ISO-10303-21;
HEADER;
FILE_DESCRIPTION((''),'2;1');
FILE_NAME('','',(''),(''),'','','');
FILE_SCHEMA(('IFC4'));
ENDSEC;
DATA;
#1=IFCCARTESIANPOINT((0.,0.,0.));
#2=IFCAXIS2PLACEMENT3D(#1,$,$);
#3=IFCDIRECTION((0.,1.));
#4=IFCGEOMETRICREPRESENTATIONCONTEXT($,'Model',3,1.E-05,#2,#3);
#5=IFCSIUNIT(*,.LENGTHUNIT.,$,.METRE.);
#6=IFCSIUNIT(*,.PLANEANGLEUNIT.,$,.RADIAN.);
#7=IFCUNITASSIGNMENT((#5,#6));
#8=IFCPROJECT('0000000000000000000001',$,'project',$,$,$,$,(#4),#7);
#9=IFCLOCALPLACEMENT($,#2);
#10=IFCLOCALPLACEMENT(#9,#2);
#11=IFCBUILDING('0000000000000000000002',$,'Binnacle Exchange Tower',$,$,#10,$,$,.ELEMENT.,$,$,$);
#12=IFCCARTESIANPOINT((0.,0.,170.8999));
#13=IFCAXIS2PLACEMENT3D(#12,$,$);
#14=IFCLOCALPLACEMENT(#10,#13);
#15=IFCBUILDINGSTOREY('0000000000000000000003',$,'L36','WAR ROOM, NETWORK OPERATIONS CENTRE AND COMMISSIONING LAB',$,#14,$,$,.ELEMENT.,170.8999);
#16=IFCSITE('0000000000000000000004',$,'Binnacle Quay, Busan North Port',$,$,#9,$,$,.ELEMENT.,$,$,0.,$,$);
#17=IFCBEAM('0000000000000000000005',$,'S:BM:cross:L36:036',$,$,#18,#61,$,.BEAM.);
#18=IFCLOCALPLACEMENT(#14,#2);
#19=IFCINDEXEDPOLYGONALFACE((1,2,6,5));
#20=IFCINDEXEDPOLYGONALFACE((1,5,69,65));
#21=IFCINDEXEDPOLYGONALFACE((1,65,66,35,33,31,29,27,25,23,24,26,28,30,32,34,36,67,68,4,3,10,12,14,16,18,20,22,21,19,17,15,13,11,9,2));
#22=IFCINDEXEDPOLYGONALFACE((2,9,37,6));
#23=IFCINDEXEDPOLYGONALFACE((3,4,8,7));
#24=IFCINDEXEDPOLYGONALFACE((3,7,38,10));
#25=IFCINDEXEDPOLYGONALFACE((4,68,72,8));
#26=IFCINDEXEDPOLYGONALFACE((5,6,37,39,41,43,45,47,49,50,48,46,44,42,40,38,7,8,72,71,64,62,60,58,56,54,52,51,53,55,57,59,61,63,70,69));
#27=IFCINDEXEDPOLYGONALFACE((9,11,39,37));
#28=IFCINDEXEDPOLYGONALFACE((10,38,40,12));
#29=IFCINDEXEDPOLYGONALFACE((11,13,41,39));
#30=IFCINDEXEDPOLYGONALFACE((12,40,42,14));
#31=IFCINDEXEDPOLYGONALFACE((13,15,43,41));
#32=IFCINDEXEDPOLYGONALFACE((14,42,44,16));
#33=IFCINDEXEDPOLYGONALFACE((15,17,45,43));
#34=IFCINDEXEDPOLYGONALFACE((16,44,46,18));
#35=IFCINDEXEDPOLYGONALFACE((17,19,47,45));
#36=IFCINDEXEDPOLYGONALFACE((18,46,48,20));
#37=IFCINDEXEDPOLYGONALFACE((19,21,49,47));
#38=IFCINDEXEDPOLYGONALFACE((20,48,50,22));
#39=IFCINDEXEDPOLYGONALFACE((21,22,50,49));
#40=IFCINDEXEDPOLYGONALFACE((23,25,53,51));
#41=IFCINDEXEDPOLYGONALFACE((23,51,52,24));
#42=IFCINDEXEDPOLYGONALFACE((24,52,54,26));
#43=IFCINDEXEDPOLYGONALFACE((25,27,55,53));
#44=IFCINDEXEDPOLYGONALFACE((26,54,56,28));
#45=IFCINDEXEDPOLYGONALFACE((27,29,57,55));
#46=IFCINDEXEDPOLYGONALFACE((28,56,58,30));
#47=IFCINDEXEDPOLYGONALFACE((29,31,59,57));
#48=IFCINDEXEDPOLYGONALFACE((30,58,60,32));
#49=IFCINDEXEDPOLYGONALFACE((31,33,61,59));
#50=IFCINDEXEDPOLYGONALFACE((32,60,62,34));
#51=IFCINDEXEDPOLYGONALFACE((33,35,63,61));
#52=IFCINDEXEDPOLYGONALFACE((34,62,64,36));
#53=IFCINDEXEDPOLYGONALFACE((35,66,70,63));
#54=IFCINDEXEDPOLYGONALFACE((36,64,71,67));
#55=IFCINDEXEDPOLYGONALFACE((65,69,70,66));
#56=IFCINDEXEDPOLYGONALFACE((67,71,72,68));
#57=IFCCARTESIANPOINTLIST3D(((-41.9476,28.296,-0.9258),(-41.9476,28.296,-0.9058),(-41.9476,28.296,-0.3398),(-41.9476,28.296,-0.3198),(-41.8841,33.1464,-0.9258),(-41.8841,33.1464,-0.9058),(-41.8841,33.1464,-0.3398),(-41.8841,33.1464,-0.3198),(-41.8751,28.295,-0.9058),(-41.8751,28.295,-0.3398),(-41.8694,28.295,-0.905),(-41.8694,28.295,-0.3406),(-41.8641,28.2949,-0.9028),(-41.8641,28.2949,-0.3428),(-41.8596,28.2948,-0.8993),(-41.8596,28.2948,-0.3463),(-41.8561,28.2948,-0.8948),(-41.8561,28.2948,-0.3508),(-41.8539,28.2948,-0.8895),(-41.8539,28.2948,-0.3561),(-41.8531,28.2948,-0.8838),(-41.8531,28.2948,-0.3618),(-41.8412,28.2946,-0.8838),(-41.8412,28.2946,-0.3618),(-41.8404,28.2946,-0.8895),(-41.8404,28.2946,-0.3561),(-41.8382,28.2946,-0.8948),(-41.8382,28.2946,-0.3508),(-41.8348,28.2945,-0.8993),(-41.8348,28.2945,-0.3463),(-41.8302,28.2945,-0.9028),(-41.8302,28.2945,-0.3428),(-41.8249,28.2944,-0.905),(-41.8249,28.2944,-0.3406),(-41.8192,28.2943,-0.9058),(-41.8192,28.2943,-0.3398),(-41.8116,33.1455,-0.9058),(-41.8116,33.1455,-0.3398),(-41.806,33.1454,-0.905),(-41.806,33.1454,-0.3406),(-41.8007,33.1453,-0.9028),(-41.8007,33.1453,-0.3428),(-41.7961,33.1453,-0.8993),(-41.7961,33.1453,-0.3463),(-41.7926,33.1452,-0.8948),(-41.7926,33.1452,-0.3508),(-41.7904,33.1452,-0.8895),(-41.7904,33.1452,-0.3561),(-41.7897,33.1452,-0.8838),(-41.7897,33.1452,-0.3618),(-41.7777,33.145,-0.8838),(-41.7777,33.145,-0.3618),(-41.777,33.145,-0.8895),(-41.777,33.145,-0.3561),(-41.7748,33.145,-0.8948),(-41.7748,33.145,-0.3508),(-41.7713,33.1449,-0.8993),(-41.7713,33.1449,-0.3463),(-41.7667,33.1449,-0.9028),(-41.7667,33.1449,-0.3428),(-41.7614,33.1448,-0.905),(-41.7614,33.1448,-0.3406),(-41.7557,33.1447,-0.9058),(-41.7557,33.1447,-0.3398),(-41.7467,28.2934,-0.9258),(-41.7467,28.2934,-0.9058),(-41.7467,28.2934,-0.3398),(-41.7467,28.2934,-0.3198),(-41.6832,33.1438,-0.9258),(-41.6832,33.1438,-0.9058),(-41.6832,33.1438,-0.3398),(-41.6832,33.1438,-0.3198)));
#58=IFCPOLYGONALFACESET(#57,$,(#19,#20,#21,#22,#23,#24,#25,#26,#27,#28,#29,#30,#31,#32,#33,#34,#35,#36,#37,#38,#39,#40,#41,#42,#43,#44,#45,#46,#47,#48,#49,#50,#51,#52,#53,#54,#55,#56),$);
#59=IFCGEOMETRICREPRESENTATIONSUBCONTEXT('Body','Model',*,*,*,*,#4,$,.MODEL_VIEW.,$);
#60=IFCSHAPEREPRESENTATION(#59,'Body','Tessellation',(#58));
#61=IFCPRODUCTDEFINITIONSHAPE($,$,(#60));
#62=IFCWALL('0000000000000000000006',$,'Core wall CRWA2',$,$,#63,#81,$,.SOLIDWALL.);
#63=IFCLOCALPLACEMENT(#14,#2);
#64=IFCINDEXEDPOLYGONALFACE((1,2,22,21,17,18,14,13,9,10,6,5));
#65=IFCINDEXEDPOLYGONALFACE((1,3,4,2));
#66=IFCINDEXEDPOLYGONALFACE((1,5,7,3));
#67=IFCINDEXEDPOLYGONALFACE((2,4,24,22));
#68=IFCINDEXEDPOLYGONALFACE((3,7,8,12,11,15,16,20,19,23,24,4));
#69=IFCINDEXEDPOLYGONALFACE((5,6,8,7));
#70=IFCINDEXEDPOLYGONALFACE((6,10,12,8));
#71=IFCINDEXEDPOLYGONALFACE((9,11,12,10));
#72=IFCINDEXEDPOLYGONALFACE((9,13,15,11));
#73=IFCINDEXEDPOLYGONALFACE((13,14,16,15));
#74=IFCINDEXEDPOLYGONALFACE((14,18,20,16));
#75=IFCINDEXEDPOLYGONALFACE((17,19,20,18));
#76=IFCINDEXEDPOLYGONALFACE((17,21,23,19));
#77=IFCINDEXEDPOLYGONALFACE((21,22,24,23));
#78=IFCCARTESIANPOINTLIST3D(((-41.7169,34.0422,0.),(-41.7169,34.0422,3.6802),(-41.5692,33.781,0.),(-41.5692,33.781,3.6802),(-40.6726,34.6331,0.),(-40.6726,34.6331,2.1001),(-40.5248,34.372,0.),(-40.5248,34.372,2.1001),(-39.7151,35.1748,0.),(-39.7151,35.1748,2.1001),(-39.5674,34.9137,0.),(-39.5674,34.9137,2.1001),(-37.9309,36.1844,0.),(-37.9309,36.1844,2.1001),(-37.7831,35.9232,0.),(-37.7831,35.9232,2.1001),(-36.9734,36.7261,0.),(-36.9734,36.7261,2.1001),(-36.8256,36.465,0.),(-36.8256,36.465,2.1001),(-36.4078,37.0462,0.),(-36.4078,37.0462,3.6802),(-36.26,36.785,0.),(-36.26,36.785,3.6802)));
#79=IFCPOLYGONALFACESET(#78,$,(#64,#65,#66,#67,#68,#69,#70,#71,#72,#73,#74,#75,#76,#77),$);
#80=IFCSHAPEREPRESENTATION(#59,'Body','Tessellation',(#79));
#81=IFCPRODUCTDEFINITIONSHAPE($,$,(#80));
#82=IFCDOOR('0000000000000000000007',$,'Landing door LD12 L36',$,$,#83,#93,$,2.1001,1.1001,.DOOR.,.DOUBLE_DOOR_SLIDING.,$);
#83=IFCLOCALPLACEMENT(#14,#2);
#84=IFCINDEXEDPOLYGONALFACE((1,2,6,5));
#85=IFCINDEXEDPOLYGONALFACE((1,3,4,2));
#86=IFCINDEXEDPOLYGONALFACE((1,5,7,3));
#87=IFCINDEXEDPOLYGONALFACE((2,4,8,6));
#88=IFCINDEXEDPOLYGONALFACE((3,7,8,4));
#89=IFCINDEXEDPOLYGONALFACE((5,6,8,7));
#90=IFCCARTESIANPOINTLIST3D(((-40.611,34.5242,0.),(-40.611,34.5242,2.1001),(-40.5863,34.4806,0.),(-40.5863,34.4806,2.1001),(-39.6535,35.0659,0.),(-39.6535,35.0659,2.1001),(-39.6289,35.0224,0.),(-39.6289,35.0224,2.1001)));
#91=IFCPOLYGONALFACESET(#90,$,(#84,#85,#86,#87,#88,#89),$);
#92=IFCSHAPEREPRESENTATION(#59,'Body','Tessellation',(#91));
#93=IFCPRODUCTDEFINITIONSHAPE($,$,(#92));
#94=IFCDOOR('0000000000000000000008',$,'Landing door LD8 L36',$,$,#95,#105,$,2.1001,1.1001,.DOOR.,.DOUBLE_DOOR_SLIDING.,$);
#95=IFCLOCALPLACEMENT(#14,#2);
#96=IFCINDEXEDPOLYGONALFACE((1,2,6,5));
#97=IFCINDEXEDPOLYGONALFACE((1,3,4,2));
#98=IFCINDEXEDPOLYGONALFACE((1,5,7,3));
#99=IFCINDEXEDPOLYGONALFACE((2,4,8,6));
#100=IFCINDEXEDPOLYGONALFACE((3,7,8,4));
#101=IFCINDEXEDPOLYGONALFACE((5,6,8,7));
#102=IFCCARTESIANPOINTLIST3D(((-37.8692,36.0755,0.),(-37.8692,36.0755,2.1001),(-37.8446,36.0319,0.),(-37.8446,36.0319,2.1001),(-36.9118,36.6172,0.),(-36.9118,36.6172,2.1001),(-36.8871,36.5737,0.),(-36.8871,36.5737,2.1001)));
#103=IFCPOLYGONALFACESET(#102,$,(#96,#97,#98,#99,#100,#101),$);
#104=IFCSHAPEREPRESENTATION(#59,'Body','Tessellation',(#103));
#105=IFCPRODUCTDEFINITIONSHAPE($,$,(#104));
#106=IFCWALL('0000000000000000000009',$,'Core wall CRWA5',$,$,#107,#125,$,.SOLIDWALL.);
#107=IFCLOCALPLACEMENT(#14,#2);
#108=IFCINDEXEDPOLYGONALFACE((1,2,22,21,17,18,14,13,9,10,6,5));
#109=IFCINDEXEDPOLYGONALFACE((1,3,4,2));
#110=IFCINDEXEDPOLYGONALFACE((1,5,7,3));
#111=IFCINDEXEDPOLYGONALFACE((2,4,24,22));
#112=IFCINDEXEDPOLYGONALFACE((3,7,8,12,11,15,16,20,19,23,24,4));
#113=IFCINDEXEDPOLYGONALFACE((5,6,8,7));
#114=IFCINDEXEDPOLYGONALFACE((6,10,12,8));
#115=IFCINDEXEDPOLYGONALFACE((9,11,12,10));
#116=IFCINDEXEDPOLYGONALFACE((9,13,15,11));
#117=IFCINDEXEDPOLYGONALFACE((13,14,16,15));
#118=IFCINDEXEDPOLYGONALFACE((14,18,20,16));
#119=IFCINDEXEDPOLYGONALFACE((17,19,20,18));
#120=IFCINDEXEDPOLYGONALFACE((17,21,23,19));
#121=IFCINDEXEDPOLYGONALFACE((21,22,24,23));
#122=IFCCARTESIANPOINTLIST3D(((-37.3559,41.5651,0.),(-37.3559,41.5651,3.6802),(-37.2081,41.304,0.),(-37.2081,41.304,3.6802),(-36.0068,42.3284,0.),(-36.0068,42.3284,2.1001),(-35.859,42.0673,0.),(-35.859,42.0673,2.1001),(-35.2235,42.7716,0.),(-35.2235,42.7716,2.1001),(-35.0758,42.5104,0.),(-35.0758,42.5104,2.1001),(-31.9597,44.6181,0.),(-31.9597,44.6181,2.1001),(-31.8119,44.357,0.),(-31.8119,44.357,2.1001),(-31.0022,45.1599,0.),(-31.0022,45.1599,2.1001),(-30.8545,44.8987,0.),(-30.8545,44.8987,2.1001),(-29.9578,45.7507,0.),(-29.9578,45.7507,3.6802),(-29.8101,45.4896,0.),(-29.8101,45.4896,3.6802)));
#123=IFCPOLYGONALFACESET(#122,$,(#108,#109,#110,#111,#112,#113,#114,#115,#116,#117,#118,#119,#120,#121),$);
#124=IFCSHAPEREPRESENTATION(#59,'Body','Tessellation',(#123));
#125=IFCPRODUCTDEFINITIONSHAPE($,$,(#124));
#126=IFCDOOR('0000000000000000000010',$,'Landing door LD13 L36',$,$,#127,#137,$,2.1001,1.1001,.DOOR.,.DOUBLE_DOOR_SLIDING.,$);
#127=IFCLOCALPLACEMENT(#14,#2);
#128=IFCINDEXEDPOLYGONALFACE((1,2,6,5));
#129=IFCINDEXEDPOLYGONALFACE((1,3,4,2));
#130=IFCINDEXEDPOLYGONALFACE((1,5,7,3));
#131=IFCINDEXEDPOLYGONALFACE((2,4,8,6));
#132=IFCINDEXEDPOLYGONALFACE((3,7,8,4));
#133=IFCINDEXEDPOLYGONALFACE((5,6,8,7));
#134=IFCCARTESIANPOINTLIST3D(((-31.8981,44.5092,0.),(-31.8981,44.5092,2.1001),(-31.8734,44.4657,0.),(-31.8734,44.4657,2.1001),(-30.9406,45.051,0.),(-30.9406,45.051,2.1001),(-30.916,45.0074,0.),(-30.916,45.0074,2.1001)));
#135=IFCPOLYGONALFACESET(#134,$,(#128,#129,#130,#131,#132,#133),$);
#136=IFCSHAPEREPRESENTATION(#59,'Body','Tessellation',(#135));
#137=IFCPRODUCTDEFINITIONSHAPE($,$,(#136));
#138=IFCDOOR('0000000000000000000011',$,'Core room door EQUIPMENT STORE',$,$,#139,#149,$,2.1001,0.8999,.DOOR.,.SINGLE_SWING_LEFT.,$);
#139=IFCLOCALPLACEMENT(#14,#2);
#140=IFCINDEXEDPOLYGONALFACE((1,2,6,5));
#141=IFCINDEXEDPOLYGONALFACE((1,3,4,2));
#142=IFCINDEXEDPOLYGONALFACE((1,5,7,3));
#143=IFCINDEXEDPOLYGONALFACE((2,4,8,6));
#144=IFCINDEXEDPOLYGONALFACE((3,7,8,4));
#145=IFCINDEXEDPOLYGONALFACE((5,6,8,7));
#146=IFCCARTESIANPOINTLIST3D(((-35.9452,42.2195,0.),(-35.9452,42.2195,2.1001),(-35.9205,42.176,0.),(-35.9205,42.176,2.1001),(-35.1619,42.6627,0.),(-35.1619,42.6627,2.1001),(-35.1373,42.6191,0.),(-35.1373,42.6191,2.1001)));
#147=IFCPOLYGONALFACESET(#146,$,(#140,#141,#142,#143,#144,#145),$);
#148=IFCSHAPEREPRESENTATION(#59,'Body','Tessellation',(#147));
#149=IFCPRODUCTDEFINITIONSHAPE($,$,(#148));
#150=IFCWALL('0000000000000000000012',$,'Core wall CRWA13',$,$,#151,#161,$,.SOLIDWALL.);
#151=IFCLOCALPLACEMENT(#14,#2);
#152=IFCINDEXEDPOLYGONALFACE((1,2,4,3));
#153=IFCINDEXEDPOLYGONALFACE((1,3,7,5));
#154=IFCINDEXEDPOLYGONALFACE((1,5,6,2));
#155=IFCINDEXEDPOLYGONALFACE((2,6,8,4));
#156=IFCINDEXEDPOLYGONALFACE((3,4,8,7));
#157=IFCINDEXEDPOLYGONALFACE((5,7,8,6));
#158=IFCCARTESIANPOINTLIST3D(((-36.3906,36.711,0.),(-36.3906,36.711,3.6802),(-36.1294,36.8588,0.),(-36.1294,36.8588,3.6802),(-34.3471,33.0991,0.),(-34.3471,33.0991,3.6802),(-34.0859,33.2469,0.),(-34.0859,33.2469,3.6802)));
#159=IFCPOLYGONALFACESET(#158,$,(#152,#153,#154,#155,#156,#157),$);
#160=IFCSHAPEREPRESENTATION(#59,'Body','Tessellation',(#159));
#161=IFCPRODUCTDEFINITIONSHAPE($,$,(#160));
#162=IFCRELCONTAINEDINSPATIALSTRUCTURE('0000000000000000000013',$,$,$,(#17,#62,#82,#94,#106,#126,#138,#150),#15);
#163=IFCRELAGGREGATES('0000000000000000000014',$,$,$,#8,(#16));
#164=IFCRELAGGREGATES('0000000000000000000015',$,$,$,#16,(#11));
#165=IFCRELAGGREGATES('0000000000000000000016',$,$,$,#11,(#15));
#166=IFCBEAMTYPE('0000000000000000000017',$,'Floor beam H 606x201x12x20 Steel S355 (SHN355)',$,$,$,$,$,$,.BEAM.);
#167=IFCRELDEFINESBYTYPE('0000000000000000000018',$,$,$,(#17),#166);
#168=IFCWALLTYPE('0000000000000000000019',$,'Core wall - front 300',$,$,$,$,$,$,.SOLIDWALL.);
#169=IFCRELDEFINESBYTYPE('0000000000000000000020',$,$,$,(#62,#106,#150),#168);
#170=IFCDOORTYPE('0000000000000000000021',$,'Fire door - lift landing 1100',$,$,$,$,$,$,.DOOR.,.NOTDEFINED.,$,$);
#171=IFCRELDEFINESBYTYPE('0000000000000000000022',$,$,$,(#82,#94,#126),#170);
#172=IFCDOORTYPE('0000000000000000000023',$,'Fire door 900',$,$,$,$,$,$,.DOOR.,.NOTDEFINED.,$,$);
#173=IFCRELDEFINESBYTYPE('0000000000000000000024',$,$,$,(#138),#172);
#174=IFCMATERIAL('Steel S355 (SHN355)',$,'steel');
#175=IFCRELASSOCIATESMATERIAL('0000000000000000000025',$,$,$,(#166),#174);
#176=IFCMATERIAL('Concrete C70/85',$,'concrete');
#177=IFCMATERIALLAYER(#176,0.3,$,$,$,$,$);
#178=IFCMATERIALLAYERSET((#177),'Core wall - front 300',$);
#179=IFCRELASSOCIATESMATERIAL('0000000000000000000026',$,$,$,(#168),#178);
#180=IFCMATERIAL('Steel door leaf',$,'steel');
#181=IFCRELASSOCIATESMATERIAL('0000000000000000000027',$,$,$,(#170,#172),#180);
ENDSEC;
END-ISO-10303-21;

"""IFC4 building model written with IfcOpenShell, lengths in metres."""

from ifc_helpers import new_model, si_unit, direction, frame, frame_2d, origin, origin_2d, place, context, subcontext, project, spatial, rectangle, i_section, extrude, material, layer, layer_set, material_profile, profile_set, type_object, element, fill, save


model = new_model("IFC4")

# Units and contexts
model_context = context("Model", 3, precision=1e-05, world=origin(), true_north=direction((0.0, 1.0)))
body_context = subcontext(model_context, "Body", "Model", "MODEL_VIEW")
ifc_project = project(units=[si_unit("LENGTHUNIT", "METRE"), si_unit("PLANEANGLEUNIT", "RADIAN")], contexts=[model_context])

# Site, building, storey
site_placement = place(None, origin())
site = spatial("IfcSite", under=ifc_project, at=site_placement, Name="Binnacle Quay, Busan North Port", CompositionType="ELEMENT", RefElevation=0.0)
building_placement = place(site_placement, origin())
building = spatial("IfcBuilding", under=site, at=building_placement, Name="Binnacle Exchange Tower", CompositionType="ELEMENT")
storey_placement = place(building_placement, frame((0.0, 0.0, 170.8999)))
storey = spatial("IfcBuildingStorey", under=building, at=storey_placement, Name="L36", Description="WAR ROOM, NETWORK OPERATIONS CENTRE AND COMMISSIONING LAB", CompositionType="ELEMENT", Elevation=170.8999)

# Shared definitions
ifc_material_1 = material(Name="Concrete C70/85", Category="concrete")

# Beam
ifc_material_2 = material(Name="Steel S355 (SHN355)", Category="steel")
ifc_material_profile_1 = material_profile(ifc_material_2, i_section(OverallWidth=0.2009, OverallDepth=0.606, WebThickness=0.012, FlangeThickness=0.02, FilletRadius=0.022, at=origin_2d()), Name="H 606x201x12x20")
ifc_profile_set_1 = profile_set([ifc_material_profile_1], Name="Steel S355 (SHN355)")
beam_type_1 = type_object("IfcBeamType", Name="Floor beam H 606x201x12x20 Steel S355 (SHN355)", PredefinedType="BEAM", material=ifc_profile_set_1)
beam_1_placement = place(storey_placement, frame((-41.8472, 28.2947, -0.6228), z_axis=(0.013086, 0.999914, 0.0), x_axis=(-0.999914, 0.013086, 0.0)))
element("IfcBeam", 1, at=beam_1_placement, inside=storey, type_object=beam_type_1, Name="S:BM:cross:L36:036", PredefinedType="BEAM", context=body_context, shape_type="SweptSolid", body=[
    extrude(i_section(OverallWidth=0.2009, OverallDepth=0.606, WebThickness=0.012, FlangeThickness=0.02, FilletRadius=0.022, at=origin_2d()), origin(), (0.0, 0.0, 1.0), 4.8508),
])

# Walls, openings, doors
ifc_layer_1 = layer(ifc_material_1, 0.3)
ifc_layer_set_1 = layer_set([ifc_layer_1], Name="Core wall - front 300")
wall_type_1 = type_object("IfcWallType", Name="Core wall - front 300", PredefinedType="SOLIDWALL", material=ifc_layer_set_1)
wall_1_placement = place(storey_placement, frame((-41.6431, 33.9116, 0.0), z_axis=(0.0, 0.0, 1.0), x_axis=(0.870344, 0.492445, 0.0)))
wall_1 = element("IfcWall", 2, at=wall_1_placement, inside=storey, type_object=wall_type_1, Name="Core wall CRWA2", PredefinedType="SOLIDWALL", context=body_context, shape_type="SweptSolid", body=[
    extrude(rectangle(XDim=6.1001, YDim=0.3, at=frame_2d((3.05, 0.0))), origin(), (0.0, 0.0, 1.0), 3.6802),
])
opening_1_placement = place(wall_1_placement, frame((1.2, 0.0, 0.0)))
opening_1 = element("IfcOpeningElement", 3, at=opening_1_placement, cuts=wall_1, PredefinedType="OPENING", context=body_context, shape_type="SweptSolid", body=[
    extrude(rectangle(XDim=1.1001, YDim=2.1001, at=frame_2d((0.55, 1.05))), frame((0.0, 0.1599, 0.0), z_axis=(0.0, -1.0, 0.0), x_axis=(1.0, 0.0, 0.0)), (0.0, 0.0, 1.0), 0.3201),
])
opening_2_placement = place(wall_1_placement, frame((4.3501, 0.0, 0.0)))
opening_2 = element("IfcOpeningElement", 4, at=opening_2_placement, cuts=wall_1, PredefinedType="OPENING", context=body_context, shape_type="SweptSolid", body=[
    extrude(rectangle(XDim=1.1001, YDim=2.1001, at=frame_2d((0.55, 1.05))), frame((0.0, 0.1599, 0.0), z_axis=(0.0, -1.0, 0.0), x_axis=(1.0, 0.0, 0.0)), (0.0, 0.0, 1.0), 0.3201),
])
ifc_material_3 = material(Name="Steel door leaf", Category="steel")
door_type_1 = type_object("IfcDoorType", Name="Fire door - lift landing 1100", OperationType="NOTDEFINED", PredefinedType="DOOR", material=ifc_material_3)
door_1_placement = place(opening_1_placement, origin())
door_1 = element("IfcDoor", 5, at=door_1_placement, inside=storey, type_object=door_type_1, Name="Landing door LD12 L36", OperationType="DOUBLE_DOOR_SLIDING", OverallHeight=2.1001, OverallWidth=1.1001, PredefinedType="DOOR", context=body_context, shape_type="SweptSolid", body=[
    extrude(rectangle(XDim=1.1001, YDim=2.1001, at=frame_2d((0.55, 1.05))), frame((0.0, 0.0249, 0.0), z_axis=(0.0, -1.0, 0.0), x_axis=(1.0, 0.0, 0.0)), (0.0, 0.0, 1.0), 0.05),
])
fill(opening_1, door_1)
door_2_placement = place(opening_2_placement, origin())
door_2 = element("IfcDoor", 6, at=door_2_placement, inside=storey, type_object=door_type_1, Name="Landing door LD8 L36", OperationType="DOUBLE_DOOR_SLIDING", OverallHeight=2.1001, OverallWidth=1.1001, PredefinedType="DOOR", context=body_context, shape_type="SweptSolid", body=[
    extrude(rectangle(XDim=1.1001, YDim=2.1001, at=frame_2d((0.55, 1.05))), frame((0.0, 0.0249, 0.0), z_axis=(0.0, -1.0, 0.0), x_axis=(1.0, 0.0, 0.0)), (0.0, 0.0, 1.0), 0.05),
])
fill(opening_2, door_2)
wall_2_placement = place(storey_placement, frame((-37.282, 41.4346, 0.0), z_axis=(0.0, 0.0, 1.0), x_axis=(0.870356, 0.492423, 0.0)))
wall_2 = element("IfcWall", 7, at=wall_2_placement, inside=storey, type_object=wall_type_1, Name="Core wall CRWA5", PredefinedType="SOLIDWALL", context=body_context, shape_type="SweptSolid", body=[
    extrude(rectangle(XDim=8.5, YDim=0.3, at=frame_2d((4.25, 0.0))), origin(), (0.0, 0.0, 1.0), 3.6802),
])
opening_3_placement = place(wall_2_placement, frame((6.2, 0.0, 0.0)))
opening_3 = element("IfcOpeningElement", 8, at=opening_3_placement, cuts=wall_2, PredefinedType="OPENING", context=body_context, shape_type="SweptSolid", body=[
    extrude(rectangle(XDim=1.1001, YDim=2.1001, at=frame_2d((0.55, 1.05))), frame((0.0, 0.1599, 0.0), z_axis=(0.0, -1.0, 0.0), x_axis=(1.0, 0.0, 0.0)), (0.0, 0.0, 1.0), 0.3201),
])
opening_4_placement = place(wall_2_placement, frame((1.55, 0.0, 0.0)))
opening_4 = element("IfcOpeningElement", 9, at=opening_4_placement, cuts=wall_2, PredefinedType="OPENING", context=body_context, shape_type="SweptSolid", body=[
    extrude(rectangle(XDim=0.8999, YDim=2.1001, at=frame_2d((0.45, 1.05))), frame((0.0, 0.1599, 0.0), z_axis=(0.0, -1.0, 0.0), x_axis=(1.0, 0.0, 0.0)), (0.0, 0.0, 1.0), 0.3201),
])
door_3_placement = place(opening_3_placement, origin())
door_3 = element("IfcDoor", 10, at=door_3_placement, inside=storey, type_object=door_type_1, Name="Landing door LD13 L36", OperationType="DOUBLE_DOOR_SLIDING", OverallHeight=2.1001, OverallWidth=1.1001, PredefinedType="DOOR", context=body_context, shape_type="SweptSolid", body=[
    extrude(rectangle(XDim=1.1001, YDim=2.1001, at=frame_2d((0.55, 1.05))), frame((0.0, 0.0249, 0.0), z_axis=(0.0, -1.0, 0.0), x_axis=(1.0, 0.0, 0.0)), (0.0, 0.0, 1.0), 0.05),
])
fill(opening_3, door_3)
door_type_2 = type_object("IfcDoorType", Name="Fire door 900", OperationType="NOTDEFINED", PredefinedType="DOOR", material=ifc_material_3)
door_4_placement = place(opening_4_placement, origin())
door_4 = element("IfcDoor", 11, at=door_4_placement, inside=storey, type_object=door_type_2, Name="Core room door EQUIPMENT STORE", OperationType="SINGLE_SWING_LEFT", OverallHeight=2.1001, OverallWidth=0.8999, PredefinedType="DOOR", context=body_context, shape_type="SweptSolid", body=[
    extrude(rectangle(XDim=0.8999, YDim=2.1001, at=frame_2d((0.45, 1.05))), frame((0.0, 0.0249, 0.0), z_axis=(0.0, -1.0, 0.0), x_axis=(1.0, 0.0, 0.0)), (0.0, 0.0, 1.0), 0.05),
])
fill(opening_4, door_4)

# Wall
wall_3_placement = place(storey_placement, frame((-36.26, 36.7849, 0.0), z_axis=(0.0, 0.0, 1.0), x_axis=(0.492422, -0.870357, 0.0)))
element("IfcWall", 12, at=wall_3_placement, inside=storey, type_object=wall_type_1, Name="Core wall CRWA13", PredefinedType="SOLIDWALL", context=body_context, shape_type="SweptSolid", body=[
    extrude(rectangle(XDim=4.1499, YDim=0.3, at=frame_2d((2.075, 0.0))), origin(), (0.0, 0.0, 1.0), 3.6802),
])

save(model, "model.ifc")
